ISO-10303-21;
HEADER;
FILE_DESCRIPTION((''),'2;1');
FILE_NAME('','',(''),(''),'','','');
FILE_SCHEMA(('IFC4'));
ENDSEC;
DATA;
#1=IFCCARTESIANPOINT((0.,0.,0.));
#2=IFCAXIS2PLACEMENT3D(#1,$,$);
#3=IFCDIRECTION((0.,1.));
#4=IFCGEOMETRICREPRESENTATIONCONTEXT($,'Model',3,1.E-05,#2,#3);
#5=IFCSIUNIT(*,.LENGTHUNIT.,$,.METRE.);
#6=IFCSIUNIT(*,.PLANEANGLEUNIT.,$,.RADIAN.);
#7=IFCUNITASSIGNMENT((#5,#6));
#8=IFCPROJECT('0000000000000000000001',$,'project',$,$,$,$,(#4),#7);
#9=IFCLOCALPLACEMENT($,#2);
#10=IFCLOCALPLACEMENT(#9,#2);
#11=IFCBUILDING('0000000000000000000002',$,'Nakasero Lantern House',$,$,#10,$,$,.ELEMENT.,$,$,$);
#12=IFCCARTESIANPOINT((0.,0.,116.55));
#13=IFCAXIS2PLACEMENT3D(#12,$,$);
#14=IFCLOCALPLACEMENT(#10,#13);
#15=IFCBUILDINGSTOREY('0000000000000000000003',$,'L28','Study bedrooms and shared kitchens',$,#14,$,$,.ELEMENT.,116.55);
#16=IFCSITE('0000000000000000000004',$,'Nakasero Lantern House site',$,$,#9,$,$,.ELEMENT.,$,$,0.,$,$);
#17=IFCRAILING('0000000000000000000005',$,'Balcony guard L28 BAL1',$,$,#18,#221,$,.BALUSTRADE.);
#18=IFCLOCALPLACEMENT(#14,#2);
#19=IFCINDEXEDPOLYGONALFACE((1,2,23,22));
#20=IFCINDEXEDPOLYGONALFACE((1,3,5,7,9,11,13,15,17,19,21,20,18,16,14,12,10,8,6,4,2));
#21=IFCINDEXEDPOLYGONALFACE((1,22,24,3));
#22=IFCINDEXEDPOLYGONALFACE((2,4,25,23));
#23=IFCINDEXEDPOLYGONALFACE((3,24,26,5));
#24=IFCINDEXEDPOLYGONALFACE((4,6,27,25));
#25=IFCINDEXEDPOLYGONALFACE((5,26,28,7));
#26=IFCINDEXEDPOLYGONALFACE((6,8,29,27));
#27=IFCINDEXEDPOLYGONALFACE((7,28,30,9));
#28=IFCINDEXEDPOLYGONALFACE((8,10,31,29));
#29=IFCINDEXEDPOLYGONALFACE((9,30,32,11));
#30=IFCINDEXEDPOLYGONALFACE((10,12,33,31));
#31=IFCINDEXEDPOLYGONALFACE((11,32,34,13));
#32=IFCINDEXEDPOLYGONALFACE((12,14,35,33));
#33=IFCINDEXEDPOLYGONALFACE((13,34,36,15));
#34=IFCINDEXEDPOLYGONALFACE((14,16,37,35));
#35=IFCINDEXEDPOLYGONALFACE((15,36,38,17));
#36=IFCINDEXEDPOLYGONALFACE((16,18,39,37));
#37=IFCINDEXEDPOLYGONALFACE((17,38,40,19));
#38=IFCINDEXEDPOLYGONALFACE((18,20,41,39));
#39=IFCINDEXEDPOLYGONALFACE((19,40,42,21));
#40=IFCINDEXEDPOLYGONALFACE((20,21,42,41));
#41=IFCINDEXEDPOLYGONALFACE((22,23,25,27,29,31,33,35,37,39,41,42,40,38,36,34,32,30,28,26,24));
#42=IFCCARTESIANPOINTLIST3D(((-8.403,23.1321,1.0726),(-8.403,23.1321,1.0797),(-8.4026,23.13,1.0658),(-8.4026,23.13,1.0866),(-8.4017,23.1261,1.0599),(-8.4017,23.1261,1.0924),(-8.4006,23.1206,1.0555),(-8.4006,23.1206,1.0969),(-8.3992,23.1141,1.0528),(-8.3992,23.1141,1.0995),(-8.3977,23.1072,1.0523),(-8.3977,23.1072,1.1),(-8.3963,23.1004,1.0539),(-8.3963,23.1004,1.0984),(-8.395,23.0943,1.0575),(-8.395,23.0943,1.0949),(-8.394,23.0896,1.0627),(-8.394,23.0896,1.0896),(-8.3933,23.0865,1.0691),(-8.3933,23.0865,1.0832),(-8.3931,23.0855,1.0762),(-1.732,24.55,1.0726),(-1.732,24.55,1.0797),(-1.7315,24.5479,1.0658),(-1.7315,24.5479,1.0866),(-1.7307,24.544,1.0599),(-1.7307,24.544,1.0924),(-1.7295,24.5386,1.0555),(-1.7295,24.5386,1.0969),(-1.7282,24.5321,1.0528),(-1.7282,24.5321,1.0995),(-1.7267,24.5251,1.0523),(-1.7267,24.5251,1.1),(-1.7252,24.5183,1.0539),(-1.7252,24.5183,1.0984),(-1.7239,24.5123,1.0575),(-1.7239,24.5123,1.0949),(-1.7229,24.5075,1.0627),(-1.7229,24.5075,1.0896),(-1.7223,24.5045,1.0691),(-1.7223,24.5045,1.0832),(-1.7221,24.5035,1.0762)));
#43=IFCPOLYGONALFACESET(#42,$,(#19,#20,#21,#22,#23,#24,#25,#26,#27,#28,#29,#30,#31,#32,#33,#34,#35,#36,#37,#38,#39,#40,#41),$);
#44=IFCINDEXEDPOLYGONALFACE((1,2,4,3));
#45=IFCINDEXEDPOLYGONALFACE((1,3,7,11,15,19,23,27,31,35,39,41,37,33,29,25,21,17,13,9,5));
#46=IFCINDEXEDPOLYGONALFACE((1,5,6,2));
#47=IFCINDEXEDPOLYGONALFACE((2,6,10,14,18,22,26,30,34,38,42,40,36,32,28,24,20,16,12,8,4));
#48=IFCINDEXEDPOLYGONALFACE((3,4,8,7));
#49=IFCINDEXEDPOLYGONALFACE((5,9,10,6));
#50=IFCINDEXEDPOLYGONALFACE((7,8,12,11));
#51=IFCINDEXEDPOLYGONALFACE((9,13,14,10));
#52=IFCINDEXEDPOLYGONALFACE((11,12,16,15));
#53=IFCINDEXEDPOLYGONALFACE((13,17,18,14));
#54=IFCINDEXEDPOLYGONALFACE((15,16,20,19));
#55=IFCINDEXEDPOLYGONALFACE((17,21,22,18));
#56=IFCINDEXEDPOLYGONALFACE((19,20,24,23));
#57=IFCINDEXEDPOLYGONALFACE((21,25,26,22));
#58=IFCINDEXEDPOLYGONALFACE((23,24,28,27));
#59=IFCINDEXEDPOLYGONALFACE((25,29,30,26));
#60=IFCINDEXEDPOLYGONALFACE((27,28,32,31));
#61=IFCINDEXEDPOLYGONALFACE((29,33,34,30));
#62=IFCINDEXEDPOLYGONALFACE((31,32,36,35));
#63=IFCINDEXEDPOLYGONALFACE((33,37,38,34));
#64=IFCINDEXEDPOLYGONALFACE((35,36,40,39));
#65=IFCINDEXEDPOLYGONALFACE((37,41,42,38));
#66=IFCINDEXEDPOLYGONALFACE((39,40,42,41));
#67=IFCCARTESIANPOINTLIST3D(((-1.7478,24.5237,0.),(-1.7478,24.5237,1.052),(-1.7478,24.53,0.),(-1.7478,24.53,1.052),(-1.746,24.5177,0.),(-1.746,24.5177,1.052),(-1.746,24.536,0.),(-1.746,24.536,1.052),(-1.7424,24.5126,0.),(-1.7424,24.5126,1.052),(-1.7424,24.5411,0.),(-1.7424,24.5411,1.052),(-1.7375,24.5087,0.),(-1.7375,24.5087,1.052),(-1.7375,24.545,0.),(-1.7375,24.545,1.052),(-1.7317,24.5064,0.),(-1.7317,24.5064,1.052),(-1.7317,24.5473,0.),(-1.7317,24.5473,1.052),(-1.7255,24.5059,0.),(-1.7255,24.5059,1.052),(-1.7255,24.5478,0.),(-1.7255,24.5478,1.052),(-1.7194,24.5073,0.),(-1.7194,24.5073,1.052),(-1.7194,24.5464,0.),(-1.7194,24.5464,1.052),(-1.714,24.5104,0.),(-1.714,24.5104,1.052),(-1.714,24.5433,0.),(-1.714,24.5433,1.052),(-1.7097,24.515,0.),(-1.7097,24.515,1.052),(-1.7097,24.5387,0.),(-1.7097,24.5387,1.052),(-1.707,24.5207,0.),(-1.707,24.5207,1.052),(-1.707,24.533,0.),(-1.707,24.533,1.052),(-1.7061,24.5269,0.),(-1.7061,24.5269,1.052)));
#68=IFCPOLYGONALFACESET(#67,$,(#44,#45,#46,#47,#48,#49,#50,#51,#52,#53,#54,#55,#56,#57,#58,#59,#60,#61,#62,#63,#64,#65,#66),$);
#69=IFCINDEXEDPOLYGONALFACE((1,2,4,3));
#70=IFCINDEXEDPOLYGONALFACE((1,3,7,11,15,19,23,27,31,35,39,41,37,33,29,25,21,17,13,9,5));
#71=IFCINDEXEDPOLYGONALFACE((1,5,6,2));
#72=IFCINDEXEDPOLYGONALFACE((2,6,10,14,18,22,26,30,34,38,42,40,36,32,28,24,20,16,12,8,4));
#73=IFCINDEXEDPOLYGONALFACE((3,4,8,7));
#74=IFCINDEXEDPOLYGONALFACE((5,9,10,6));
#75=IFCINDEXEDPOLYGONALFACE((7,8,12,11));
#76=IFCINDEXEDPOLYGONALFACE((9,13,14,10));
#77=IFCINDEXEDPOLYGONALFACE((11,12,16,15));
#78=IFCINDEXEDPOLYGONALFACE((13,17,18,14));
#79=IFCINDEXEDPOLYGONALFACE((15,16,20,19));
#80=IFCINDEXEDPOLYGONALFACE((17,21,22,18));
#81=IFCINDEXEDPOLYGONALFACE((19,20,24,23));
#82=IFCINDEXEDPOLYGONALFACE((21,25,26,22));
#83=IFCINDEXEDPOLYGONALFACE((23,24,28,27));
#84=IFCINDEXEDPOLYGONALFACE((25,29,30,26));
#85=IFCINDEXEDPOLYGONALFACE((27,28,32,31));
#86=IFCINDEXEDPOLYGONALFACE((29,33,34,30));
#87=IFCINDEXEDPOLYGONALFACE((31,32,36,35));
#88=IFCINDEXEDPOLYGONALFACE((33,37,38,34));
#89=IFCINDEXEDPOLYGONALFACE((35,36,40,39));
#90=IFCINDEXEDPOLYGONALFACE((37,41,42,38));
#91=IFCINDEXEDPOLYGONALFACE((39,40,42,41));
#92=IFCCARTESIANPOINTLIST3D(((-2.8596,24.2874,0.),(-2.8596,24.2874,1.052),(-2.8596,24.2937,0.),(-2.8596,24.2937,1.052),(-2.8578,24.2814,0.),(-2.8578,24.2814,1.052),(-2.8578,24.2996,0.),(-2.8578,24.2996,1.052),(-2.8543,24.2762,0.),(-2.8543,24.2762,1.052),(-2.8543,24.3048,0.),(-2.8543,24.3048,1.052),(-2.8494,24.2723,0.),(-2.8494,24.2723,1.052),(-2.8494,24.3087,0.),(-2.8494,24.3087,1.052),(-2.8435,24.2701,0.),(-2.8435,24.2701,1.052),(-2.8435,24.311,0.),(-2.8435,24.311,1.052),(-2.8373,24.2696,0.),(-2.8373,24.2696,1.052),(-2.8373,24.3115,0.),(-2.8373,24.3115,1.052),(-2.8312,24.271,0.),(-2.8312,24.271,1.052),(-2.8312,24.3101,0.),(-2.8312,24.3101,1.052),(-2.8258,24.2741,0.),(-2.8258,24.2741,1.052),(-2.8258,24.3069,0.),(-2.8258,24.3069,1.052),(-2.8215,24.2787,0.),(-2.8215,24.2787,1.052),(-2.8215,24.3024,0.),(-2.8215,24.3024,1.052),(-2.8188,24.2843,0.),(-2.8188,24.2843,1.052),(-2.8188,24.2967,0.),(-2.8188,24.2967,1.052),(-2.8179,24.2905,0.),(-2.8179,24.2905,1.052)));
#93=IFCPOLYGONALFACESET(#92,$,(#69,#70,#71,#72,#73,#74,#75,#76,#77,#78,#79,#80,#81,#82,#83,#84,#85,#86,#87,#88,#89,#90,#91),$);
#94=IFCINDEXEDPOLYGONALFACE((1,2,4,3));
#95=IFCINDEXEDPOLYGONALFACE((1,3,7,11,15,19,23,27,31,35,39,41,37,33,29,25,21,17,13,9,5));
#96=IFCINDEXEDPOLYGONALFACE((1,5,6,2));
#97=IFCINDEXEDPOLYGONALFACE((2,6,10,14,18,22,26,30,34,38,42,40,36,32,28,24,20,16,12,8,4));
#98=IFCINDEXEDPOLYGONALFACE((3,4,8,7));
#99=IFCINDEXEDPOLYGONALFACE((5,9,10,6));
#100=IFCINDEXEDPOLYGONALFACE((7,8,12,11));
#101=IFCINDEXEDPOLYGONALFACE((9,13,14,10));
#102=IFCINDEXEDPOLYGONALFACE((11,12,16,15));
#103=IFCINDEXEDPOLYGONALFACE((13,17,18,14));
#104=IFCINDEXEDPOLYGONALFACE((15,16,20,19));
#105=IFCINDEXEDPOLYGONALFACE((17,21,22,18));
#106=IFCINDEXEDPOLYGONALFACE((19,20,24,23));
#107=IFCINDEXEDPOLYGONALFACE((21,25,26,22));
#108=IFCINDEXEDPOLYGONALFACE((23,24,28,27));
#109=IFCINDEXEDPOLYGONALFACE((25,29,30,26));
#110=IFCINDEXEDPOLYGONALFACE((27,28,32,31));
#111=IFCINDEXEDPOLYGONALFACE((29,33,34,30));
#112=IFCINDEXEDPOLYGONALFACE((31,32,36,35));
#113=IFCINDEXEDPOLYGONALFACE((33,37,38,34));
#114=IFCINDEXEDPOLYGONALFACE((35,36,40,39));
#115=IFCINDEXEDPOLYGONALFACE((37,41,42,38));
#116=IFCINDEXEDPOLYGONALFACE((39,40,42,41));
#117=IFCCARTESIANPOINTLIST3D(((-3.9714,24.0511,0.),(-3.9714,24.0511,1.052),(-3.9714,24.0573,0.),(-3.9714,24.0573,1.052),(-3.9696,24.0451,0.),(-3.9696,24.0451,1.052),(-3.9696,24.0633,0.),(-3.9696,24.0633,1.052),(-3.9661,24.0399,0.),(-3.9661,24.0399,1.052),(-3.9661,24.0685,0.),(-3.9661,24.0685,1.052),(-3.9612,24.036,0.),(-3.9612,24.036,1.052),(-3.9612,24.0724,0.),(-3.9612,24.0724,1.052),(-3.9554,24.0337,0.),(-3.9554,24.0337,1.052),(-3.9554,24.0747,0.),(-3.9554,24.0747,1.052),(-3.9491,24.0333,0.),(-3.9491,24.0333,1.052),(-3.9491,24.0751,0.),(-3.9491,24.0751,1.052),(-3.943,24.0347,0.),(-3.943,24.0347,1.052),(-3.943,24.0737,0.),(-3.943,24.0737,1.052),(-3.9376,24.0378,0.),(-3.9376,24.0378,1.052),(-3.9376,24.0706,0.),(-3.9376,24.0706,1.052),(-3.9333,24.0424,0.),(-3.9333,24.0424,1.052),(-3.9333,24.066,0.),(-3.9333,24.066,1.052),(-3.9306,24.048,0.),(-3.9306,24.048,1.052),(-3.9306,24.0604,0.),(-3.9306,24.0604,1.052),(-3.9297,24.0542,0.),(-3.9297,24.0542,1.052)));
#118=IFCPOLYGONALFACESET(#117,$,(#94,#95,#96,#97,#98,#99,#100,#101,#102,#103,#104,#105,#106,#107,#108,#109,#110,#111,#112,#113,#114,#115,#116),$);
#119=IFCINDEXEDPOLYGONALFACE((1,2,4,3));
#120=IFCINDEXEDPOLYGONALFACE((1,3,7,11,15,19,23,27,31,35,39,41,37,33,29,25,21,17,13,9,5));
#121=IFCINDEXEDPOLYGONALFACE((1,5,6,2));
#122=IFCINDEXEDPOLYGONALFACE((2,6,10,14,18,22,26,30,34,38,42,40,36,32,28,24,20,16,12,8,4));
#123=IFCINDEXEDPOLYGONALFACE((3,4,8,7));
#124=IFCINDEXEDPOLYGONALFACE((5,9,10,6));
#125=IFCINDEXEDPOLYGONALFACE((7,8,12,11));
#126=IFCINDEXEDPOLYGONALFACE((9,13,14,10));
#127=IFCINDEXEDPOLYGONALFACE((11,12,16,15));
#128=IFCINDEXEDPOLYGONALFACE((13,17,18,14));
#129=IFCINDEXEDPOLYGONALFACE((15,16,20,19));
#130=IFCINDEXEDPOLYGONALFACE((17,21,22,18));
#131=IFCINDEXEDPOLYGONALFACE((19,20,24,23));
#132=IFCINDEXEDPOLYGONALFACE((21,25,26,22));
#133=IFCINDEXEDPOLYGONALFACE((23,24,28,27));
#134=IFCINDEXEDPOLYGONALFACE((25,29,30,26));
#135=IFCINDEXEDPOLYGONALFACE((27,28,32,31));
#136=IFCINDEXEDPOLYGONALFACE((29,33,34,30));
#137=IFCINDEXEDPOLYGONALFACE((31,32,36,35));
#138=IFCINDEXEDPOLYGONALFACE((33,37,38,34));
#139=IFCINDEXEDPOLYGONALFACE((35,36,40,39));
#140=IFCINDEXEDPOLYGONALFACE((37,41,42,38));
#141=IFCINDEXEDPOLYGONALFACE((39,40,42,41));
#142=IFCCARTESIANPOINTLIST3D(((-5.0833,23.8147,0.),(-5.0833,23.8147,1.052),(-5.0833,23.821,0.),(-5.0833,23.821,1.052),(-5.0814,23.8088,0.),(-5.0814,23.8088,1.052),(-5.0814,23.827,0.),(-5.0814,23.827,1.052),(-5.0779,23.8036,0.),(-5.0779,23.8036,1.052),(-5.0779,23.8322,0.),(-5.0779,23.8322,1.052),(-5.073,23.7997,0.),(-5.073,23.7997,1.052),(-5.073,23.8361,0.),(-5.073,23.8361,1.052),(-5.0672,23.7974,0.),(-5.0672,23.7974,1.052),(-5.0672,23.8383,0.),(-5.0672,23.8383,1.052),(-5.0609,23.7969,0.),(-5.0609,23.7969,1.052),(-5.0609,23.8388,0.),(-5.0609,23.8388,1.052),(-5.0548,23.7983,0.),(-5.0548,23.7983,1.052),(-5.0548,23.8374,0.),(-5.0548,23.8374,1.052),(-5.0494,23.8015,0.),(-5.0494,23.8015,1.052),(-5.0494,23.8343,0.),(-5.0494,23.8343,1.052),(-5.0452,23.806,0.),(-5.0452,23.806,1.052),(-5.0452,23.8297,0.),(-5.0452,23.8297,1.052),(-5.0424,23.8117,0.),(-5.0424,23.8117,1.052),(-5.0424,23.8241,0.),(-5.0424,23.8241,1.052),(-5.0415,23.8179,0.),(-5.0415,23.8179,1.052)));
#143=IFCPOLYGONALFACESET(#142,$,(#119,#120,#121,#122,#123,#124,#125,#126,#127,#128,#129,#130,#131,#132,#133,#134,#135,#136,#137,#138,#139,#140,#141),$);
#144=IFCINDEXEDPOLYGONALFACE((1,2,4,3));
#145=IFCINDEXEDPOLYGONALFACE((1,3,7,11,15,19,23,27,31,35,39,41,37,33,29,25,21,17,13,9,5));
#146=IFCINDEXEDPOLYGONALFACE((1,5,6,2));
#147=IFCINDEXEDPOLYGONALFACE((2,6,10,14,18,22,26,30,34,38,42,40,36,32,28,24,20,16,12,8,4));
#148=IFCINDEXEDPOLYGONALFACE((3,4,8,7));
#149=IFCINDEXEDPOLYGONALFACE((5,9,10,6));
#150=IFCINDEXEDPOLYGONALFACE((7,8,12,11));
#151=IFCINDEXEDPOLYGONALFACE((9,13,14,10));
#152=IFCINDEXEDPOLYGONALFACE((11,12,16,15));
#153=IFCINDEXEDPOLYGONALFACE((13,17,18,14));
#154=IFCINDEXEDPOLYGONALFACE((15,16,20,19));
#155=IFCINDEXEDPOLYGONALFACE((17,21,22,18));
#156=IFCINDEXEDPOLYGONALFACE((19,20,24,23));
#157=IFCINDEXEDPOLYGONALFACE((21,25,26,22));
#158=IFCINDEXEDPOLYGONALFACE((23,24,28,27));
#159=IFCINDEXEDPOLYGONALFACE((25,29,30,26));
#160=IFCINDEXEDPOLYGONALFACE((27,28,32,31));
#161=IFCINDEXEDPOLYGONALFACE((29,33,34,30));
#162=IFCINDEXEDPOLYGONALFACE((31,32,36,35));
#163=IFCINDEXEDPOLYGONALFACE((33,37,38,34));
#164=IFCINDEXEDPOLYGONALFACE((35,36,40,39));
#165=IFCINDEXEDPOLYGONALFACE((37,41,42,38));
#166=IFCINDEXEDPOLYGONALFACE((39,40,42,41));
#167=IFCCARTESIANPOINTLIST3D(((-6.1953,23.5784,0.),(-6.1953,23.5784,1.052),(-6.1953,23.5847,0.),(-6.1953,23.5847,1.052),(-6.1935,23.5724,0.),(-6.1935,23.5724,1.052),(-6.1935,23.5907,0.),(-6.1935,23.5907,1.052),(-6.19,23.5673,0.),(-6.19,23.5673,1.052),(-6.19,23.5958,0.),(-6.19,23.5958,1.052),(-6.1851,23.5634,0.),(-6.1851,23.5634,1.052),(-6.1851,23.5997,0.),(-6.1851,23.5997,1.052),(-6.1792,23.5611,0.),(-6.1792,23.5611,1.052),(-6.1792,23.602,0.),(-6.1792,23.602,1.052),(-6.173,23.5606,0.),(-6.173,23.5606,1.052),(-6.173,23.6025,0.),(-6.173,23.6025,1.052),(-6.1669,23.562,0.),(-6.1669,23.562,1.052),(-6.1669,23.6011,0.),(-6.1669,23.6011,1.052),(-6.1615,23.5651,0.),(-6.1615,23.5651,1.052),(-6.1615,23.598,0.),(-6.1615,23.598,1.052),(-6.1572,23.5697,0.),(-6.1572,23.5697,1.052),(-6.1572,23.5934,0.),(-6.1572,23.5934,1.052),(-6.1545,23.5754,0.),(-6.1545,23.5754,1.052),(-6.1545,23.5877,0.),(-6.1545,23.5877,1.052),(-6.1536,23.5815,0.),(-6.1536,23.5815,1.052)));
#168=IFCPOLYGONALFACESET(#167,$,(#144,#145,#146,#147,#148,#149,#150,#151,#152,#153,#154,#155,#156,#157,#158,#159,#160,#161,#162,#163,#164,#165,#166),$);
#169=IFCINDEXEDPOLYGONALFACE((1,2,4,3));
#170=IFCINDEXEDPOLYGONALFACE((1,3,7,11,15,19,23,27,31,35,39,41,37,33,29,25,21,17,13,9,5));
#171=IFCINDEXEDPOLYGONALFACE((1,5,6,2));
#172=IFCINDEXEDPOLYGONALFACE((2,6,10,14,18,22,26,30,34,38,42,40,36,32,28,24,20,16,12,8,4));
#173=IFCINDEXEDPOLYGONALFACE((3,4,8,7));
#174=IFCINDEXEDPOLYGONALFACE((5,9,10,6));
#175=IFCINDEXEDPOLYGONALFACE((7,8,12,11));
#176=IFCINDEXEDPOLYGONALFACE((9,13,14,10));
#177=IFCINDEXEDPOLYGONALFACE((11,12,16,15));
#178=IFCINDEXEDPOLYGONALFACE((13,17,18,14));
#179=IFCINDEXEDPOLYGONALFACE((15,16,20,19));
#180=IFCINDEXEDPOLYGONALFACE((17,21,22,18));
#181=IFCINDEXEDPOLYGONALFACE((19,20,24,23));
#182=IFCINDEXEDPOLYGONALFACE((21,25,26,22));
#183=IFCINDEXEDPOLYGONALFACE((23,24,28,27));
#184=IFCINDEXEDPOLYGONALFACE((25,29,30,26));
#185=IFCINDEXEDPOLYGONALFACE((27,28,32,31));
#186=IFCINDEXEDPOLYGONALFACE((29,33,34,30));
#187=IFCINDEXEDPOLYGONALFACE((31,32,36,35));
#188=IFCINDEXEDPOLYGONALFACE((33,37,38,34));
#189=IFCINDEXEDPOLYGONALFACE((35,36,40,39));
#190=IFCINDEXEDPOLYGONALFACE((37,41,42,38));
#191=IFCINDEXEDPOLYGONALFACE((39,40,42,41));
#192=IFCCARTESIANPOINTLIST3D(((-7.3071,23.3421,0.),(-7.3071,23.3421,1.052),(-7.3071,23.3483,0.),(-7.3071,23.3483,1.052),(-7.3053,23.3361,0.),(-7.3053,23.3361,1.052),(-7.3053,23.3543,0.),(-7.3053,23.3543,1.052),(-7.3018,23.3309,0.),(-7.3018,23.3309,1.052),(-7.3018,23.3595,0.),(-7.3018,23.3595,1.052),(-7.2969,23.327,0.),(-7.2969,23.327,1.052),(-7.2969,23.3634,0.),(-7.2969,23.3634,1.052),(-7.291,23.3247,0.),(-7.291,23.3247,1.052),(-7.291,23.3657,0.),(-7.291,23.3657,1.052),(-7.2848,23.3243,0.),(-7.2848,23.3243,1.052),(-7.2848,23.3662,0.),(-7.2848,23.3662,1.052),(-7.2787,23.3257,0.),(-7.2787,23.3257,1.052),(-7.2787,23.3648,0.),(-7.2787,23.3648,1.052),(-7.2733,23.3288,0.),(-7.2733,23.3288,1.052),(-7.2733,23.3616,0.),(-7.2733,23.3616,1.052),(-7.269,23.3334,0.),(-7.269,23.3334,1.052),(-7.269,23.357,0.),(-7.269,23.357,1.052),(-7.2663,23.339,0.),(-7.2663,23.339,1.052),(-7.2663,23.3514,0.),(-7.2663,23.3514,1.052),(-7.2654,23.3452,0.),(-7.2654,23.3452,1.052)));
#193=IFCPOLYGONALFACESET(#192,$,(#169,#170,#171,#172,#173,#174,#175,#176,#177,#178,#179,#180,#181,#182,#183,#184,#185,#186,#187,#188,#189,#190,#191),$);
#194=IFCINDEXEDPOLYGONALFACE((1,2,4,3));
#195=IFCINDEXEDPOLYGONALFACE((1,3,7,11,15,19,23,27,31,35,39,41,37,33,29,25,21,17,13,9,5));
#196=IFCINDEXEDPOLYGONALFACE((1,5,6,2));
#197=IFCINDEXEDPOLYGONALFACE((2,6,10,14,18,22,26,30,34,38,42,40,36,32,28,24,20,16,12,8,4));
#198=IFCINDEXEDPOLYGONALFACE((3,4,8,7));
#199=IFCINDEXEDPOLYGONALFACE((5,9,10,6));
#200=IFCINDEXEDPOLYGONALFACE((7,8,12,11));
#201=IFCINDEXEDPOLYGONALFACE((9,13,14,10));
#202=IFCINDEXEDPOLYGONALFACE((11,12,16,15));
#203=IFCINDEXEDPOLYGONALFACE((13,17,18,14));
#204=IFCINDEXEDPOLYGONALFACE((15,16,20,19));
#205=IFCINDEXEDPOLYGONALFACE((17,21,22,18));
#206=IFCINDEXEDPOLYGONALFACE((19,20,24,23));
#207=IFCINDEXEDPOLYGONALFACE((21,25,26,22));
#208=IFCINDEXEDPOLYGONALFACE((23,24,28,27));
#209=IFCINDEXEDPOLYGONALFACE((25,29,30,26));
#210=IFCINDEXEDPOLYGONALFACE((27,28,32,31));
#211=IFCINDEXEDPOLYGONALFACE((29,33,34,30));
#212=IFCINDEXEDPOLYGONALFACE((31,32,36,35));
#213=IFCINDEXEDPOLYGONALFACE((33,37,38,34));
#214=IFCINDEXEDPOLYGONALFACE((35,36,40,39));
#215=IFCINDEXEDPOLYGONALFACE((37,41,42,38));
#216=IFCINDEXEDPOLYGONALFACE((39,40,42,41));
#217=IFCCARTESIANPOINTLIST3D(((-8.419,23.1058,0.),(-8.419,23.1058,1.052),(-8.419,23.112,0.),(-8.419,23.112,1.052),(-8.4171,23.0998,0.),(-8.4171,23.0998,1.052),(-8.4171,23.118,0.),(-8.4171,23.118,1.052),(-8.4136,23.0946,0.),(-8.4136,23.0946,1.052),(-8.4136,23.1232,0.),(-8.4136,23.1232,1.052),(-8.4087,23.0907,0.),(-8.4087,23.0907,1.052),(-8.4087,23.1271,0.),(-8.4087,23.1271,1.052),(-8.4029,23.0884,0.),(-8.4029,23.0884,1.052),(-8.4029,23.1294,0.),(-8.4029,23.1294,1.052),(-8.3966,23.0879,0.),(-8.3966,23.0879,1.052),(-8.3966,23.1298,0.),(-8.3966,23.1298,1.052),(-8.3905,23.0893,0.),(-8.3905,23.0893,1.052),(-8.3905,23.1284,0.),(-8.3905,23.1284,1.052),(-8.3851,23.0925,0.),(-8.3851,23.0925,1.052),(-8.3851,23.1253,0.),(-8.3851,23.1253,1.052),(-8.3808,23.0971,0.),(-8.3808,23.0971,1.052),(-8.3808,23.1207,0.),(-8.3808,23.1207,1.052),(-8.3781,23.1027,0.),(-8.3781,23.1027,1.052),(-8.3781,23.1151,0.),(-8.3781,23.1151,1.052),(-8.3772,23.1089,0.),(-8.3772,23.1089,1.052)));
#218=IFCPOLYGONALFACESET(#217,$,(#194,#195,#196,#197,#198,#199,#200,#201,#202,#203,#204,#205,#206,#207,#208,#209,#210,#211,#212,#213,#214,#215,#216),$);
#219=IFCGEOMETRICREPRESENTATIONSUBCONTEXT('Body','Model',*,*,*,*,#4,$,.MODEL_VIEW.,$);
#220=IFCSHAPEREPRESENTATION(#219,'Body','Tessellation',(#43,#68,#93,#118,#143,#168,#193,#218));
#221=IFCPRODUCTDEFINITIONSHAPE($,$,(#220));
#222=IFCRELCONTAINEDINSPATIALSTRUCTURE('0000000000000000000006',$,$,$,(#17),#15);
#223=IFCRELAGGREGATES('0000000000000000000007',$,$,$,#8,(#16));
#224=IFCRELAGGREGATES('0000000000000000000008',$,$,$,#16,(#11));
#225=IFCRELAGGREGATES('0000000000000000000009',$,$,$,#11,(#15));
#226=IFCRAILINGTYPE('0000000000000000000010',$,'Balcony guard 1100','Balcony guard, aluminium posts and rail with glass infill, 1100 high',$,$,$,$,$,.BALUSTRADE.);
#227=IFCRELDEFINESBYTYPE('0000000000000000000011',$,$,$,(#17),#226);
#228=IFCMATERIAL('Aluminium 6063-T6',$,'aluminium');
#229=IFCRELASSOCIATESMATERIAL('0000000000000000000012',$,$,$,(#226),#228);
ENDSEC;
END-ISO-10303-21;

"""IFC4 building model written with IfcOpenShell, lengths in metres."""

from ifc_helpers import new_model, si_unit, direction, frame, origin, origin_2d, place, context, subcontext, project, spatial, circle, extrude, material, type_object, element, save


model = new_model("IFC4")

# Units and contexts
model_context = context("Model", 3, precision=1e-05, world=origin(), true_north=direction((0.0, 1.0)))
body_context = subcontext(model_context, "Body", "Model", "MODEL_VIEW")
ifc_project = project(units=[si_unit("LENGTHUNIT", "METRE"), si_unit("PLANEANGLEUNIT", "RADIAN")], contexts=[model_context])

# Site, building, storey
site_placement = place(None, origin())
site = spatial("IfcSite", under=ifc_project, at=site_placement, Name="Nakasero Lantern House site", CompositionType="ELEMENT", RefElevation=0.0)
building_placement = place(site_placement, origin())
building = spatial("IfcBuilding", under=site, at=building_placement, Name="Nakasero Lantern House", CompositionType="ELEMENT")
storey_placement = place(building_placement, frame((0.0, 0.0, 116.55)))
storey = spatial("IfcBuildingStorey", under=building, at=storey_placement, Name="L28", Description="Study bedrooms and shared kitchens", CompositionType="ELEMENT", Elevation=116.55)

# Railing
ifc_material_1 = material(Name="Aluminium 6063-T6", Category="aluminium")
railing_type = type_object("IfcRailingType", Name="Balcony guard 1100", Description="Balcony guard, aluminium posts and rail with glass infill, 1100 high", PredefinedType="BALUSTRADE", material=ifc_material_1)
railing_placement = place(storey_placement, frame((-1.7271, 24.5269, 0.0)))
element("IfcRailing", 1, at=railing_placement, inside=storey, type_object=railing_type, Name="Balcony guard L28 BAL1", PredefinedType="BALUSTRADE", context=body_context, shape_type="SweptSolid", body=[
    extrude(circle(Radius=0.0239, at=origin_2d()), frame((0.0, 0.0, 1.0762), z_axis=(-0.978148, -0.207908, 0.0), x_axis=(0.207908, -0.978148, 0.0)), (0.0, 0.0, 1.0), 6.8201),
    extrude(circle(Radius=0.021, at=origin_2d()), origin(), (0.0, 0.0, 1.0), 1.052),
    extrude(circle(Radius=0.021, at=origin_2d()), frame((-1.1118, -0.2363, 0.0)), (0.0, 0.0, 1.0), 1.052),
    extrude(circle(Radius=0.021, at=origin_2d()), frame((-2.2236, -0.4727, 0.0)), (0.0, 0.0, 1.0), 1.052),
    extrude(circle(Radius=0.021, at=origin_2d()), frame((-3.3354, -0.709, 0.0)), (0.0, 0.0, 1.0), 1.052),
    extrude(circle(Radius=0.021, at=origin_2d()), frame((-4.4475, -0.9453, 0.0)), (0.0, 0.0, 1.0), 1.052),
    extrude(circle(Radius=0.021, at=origin_2d()), frame((-5.5593, -1.1816, 0.0)), (0.0, 0.0, 1.0), 1.052),
    extrude(circle(Radius=0.021, at=origin_2d()), frame((-6.6711, -1.418, 0.0)), (0.0, 0.0, 1.0), 1.052),
])

save(model, "model.ifc")
